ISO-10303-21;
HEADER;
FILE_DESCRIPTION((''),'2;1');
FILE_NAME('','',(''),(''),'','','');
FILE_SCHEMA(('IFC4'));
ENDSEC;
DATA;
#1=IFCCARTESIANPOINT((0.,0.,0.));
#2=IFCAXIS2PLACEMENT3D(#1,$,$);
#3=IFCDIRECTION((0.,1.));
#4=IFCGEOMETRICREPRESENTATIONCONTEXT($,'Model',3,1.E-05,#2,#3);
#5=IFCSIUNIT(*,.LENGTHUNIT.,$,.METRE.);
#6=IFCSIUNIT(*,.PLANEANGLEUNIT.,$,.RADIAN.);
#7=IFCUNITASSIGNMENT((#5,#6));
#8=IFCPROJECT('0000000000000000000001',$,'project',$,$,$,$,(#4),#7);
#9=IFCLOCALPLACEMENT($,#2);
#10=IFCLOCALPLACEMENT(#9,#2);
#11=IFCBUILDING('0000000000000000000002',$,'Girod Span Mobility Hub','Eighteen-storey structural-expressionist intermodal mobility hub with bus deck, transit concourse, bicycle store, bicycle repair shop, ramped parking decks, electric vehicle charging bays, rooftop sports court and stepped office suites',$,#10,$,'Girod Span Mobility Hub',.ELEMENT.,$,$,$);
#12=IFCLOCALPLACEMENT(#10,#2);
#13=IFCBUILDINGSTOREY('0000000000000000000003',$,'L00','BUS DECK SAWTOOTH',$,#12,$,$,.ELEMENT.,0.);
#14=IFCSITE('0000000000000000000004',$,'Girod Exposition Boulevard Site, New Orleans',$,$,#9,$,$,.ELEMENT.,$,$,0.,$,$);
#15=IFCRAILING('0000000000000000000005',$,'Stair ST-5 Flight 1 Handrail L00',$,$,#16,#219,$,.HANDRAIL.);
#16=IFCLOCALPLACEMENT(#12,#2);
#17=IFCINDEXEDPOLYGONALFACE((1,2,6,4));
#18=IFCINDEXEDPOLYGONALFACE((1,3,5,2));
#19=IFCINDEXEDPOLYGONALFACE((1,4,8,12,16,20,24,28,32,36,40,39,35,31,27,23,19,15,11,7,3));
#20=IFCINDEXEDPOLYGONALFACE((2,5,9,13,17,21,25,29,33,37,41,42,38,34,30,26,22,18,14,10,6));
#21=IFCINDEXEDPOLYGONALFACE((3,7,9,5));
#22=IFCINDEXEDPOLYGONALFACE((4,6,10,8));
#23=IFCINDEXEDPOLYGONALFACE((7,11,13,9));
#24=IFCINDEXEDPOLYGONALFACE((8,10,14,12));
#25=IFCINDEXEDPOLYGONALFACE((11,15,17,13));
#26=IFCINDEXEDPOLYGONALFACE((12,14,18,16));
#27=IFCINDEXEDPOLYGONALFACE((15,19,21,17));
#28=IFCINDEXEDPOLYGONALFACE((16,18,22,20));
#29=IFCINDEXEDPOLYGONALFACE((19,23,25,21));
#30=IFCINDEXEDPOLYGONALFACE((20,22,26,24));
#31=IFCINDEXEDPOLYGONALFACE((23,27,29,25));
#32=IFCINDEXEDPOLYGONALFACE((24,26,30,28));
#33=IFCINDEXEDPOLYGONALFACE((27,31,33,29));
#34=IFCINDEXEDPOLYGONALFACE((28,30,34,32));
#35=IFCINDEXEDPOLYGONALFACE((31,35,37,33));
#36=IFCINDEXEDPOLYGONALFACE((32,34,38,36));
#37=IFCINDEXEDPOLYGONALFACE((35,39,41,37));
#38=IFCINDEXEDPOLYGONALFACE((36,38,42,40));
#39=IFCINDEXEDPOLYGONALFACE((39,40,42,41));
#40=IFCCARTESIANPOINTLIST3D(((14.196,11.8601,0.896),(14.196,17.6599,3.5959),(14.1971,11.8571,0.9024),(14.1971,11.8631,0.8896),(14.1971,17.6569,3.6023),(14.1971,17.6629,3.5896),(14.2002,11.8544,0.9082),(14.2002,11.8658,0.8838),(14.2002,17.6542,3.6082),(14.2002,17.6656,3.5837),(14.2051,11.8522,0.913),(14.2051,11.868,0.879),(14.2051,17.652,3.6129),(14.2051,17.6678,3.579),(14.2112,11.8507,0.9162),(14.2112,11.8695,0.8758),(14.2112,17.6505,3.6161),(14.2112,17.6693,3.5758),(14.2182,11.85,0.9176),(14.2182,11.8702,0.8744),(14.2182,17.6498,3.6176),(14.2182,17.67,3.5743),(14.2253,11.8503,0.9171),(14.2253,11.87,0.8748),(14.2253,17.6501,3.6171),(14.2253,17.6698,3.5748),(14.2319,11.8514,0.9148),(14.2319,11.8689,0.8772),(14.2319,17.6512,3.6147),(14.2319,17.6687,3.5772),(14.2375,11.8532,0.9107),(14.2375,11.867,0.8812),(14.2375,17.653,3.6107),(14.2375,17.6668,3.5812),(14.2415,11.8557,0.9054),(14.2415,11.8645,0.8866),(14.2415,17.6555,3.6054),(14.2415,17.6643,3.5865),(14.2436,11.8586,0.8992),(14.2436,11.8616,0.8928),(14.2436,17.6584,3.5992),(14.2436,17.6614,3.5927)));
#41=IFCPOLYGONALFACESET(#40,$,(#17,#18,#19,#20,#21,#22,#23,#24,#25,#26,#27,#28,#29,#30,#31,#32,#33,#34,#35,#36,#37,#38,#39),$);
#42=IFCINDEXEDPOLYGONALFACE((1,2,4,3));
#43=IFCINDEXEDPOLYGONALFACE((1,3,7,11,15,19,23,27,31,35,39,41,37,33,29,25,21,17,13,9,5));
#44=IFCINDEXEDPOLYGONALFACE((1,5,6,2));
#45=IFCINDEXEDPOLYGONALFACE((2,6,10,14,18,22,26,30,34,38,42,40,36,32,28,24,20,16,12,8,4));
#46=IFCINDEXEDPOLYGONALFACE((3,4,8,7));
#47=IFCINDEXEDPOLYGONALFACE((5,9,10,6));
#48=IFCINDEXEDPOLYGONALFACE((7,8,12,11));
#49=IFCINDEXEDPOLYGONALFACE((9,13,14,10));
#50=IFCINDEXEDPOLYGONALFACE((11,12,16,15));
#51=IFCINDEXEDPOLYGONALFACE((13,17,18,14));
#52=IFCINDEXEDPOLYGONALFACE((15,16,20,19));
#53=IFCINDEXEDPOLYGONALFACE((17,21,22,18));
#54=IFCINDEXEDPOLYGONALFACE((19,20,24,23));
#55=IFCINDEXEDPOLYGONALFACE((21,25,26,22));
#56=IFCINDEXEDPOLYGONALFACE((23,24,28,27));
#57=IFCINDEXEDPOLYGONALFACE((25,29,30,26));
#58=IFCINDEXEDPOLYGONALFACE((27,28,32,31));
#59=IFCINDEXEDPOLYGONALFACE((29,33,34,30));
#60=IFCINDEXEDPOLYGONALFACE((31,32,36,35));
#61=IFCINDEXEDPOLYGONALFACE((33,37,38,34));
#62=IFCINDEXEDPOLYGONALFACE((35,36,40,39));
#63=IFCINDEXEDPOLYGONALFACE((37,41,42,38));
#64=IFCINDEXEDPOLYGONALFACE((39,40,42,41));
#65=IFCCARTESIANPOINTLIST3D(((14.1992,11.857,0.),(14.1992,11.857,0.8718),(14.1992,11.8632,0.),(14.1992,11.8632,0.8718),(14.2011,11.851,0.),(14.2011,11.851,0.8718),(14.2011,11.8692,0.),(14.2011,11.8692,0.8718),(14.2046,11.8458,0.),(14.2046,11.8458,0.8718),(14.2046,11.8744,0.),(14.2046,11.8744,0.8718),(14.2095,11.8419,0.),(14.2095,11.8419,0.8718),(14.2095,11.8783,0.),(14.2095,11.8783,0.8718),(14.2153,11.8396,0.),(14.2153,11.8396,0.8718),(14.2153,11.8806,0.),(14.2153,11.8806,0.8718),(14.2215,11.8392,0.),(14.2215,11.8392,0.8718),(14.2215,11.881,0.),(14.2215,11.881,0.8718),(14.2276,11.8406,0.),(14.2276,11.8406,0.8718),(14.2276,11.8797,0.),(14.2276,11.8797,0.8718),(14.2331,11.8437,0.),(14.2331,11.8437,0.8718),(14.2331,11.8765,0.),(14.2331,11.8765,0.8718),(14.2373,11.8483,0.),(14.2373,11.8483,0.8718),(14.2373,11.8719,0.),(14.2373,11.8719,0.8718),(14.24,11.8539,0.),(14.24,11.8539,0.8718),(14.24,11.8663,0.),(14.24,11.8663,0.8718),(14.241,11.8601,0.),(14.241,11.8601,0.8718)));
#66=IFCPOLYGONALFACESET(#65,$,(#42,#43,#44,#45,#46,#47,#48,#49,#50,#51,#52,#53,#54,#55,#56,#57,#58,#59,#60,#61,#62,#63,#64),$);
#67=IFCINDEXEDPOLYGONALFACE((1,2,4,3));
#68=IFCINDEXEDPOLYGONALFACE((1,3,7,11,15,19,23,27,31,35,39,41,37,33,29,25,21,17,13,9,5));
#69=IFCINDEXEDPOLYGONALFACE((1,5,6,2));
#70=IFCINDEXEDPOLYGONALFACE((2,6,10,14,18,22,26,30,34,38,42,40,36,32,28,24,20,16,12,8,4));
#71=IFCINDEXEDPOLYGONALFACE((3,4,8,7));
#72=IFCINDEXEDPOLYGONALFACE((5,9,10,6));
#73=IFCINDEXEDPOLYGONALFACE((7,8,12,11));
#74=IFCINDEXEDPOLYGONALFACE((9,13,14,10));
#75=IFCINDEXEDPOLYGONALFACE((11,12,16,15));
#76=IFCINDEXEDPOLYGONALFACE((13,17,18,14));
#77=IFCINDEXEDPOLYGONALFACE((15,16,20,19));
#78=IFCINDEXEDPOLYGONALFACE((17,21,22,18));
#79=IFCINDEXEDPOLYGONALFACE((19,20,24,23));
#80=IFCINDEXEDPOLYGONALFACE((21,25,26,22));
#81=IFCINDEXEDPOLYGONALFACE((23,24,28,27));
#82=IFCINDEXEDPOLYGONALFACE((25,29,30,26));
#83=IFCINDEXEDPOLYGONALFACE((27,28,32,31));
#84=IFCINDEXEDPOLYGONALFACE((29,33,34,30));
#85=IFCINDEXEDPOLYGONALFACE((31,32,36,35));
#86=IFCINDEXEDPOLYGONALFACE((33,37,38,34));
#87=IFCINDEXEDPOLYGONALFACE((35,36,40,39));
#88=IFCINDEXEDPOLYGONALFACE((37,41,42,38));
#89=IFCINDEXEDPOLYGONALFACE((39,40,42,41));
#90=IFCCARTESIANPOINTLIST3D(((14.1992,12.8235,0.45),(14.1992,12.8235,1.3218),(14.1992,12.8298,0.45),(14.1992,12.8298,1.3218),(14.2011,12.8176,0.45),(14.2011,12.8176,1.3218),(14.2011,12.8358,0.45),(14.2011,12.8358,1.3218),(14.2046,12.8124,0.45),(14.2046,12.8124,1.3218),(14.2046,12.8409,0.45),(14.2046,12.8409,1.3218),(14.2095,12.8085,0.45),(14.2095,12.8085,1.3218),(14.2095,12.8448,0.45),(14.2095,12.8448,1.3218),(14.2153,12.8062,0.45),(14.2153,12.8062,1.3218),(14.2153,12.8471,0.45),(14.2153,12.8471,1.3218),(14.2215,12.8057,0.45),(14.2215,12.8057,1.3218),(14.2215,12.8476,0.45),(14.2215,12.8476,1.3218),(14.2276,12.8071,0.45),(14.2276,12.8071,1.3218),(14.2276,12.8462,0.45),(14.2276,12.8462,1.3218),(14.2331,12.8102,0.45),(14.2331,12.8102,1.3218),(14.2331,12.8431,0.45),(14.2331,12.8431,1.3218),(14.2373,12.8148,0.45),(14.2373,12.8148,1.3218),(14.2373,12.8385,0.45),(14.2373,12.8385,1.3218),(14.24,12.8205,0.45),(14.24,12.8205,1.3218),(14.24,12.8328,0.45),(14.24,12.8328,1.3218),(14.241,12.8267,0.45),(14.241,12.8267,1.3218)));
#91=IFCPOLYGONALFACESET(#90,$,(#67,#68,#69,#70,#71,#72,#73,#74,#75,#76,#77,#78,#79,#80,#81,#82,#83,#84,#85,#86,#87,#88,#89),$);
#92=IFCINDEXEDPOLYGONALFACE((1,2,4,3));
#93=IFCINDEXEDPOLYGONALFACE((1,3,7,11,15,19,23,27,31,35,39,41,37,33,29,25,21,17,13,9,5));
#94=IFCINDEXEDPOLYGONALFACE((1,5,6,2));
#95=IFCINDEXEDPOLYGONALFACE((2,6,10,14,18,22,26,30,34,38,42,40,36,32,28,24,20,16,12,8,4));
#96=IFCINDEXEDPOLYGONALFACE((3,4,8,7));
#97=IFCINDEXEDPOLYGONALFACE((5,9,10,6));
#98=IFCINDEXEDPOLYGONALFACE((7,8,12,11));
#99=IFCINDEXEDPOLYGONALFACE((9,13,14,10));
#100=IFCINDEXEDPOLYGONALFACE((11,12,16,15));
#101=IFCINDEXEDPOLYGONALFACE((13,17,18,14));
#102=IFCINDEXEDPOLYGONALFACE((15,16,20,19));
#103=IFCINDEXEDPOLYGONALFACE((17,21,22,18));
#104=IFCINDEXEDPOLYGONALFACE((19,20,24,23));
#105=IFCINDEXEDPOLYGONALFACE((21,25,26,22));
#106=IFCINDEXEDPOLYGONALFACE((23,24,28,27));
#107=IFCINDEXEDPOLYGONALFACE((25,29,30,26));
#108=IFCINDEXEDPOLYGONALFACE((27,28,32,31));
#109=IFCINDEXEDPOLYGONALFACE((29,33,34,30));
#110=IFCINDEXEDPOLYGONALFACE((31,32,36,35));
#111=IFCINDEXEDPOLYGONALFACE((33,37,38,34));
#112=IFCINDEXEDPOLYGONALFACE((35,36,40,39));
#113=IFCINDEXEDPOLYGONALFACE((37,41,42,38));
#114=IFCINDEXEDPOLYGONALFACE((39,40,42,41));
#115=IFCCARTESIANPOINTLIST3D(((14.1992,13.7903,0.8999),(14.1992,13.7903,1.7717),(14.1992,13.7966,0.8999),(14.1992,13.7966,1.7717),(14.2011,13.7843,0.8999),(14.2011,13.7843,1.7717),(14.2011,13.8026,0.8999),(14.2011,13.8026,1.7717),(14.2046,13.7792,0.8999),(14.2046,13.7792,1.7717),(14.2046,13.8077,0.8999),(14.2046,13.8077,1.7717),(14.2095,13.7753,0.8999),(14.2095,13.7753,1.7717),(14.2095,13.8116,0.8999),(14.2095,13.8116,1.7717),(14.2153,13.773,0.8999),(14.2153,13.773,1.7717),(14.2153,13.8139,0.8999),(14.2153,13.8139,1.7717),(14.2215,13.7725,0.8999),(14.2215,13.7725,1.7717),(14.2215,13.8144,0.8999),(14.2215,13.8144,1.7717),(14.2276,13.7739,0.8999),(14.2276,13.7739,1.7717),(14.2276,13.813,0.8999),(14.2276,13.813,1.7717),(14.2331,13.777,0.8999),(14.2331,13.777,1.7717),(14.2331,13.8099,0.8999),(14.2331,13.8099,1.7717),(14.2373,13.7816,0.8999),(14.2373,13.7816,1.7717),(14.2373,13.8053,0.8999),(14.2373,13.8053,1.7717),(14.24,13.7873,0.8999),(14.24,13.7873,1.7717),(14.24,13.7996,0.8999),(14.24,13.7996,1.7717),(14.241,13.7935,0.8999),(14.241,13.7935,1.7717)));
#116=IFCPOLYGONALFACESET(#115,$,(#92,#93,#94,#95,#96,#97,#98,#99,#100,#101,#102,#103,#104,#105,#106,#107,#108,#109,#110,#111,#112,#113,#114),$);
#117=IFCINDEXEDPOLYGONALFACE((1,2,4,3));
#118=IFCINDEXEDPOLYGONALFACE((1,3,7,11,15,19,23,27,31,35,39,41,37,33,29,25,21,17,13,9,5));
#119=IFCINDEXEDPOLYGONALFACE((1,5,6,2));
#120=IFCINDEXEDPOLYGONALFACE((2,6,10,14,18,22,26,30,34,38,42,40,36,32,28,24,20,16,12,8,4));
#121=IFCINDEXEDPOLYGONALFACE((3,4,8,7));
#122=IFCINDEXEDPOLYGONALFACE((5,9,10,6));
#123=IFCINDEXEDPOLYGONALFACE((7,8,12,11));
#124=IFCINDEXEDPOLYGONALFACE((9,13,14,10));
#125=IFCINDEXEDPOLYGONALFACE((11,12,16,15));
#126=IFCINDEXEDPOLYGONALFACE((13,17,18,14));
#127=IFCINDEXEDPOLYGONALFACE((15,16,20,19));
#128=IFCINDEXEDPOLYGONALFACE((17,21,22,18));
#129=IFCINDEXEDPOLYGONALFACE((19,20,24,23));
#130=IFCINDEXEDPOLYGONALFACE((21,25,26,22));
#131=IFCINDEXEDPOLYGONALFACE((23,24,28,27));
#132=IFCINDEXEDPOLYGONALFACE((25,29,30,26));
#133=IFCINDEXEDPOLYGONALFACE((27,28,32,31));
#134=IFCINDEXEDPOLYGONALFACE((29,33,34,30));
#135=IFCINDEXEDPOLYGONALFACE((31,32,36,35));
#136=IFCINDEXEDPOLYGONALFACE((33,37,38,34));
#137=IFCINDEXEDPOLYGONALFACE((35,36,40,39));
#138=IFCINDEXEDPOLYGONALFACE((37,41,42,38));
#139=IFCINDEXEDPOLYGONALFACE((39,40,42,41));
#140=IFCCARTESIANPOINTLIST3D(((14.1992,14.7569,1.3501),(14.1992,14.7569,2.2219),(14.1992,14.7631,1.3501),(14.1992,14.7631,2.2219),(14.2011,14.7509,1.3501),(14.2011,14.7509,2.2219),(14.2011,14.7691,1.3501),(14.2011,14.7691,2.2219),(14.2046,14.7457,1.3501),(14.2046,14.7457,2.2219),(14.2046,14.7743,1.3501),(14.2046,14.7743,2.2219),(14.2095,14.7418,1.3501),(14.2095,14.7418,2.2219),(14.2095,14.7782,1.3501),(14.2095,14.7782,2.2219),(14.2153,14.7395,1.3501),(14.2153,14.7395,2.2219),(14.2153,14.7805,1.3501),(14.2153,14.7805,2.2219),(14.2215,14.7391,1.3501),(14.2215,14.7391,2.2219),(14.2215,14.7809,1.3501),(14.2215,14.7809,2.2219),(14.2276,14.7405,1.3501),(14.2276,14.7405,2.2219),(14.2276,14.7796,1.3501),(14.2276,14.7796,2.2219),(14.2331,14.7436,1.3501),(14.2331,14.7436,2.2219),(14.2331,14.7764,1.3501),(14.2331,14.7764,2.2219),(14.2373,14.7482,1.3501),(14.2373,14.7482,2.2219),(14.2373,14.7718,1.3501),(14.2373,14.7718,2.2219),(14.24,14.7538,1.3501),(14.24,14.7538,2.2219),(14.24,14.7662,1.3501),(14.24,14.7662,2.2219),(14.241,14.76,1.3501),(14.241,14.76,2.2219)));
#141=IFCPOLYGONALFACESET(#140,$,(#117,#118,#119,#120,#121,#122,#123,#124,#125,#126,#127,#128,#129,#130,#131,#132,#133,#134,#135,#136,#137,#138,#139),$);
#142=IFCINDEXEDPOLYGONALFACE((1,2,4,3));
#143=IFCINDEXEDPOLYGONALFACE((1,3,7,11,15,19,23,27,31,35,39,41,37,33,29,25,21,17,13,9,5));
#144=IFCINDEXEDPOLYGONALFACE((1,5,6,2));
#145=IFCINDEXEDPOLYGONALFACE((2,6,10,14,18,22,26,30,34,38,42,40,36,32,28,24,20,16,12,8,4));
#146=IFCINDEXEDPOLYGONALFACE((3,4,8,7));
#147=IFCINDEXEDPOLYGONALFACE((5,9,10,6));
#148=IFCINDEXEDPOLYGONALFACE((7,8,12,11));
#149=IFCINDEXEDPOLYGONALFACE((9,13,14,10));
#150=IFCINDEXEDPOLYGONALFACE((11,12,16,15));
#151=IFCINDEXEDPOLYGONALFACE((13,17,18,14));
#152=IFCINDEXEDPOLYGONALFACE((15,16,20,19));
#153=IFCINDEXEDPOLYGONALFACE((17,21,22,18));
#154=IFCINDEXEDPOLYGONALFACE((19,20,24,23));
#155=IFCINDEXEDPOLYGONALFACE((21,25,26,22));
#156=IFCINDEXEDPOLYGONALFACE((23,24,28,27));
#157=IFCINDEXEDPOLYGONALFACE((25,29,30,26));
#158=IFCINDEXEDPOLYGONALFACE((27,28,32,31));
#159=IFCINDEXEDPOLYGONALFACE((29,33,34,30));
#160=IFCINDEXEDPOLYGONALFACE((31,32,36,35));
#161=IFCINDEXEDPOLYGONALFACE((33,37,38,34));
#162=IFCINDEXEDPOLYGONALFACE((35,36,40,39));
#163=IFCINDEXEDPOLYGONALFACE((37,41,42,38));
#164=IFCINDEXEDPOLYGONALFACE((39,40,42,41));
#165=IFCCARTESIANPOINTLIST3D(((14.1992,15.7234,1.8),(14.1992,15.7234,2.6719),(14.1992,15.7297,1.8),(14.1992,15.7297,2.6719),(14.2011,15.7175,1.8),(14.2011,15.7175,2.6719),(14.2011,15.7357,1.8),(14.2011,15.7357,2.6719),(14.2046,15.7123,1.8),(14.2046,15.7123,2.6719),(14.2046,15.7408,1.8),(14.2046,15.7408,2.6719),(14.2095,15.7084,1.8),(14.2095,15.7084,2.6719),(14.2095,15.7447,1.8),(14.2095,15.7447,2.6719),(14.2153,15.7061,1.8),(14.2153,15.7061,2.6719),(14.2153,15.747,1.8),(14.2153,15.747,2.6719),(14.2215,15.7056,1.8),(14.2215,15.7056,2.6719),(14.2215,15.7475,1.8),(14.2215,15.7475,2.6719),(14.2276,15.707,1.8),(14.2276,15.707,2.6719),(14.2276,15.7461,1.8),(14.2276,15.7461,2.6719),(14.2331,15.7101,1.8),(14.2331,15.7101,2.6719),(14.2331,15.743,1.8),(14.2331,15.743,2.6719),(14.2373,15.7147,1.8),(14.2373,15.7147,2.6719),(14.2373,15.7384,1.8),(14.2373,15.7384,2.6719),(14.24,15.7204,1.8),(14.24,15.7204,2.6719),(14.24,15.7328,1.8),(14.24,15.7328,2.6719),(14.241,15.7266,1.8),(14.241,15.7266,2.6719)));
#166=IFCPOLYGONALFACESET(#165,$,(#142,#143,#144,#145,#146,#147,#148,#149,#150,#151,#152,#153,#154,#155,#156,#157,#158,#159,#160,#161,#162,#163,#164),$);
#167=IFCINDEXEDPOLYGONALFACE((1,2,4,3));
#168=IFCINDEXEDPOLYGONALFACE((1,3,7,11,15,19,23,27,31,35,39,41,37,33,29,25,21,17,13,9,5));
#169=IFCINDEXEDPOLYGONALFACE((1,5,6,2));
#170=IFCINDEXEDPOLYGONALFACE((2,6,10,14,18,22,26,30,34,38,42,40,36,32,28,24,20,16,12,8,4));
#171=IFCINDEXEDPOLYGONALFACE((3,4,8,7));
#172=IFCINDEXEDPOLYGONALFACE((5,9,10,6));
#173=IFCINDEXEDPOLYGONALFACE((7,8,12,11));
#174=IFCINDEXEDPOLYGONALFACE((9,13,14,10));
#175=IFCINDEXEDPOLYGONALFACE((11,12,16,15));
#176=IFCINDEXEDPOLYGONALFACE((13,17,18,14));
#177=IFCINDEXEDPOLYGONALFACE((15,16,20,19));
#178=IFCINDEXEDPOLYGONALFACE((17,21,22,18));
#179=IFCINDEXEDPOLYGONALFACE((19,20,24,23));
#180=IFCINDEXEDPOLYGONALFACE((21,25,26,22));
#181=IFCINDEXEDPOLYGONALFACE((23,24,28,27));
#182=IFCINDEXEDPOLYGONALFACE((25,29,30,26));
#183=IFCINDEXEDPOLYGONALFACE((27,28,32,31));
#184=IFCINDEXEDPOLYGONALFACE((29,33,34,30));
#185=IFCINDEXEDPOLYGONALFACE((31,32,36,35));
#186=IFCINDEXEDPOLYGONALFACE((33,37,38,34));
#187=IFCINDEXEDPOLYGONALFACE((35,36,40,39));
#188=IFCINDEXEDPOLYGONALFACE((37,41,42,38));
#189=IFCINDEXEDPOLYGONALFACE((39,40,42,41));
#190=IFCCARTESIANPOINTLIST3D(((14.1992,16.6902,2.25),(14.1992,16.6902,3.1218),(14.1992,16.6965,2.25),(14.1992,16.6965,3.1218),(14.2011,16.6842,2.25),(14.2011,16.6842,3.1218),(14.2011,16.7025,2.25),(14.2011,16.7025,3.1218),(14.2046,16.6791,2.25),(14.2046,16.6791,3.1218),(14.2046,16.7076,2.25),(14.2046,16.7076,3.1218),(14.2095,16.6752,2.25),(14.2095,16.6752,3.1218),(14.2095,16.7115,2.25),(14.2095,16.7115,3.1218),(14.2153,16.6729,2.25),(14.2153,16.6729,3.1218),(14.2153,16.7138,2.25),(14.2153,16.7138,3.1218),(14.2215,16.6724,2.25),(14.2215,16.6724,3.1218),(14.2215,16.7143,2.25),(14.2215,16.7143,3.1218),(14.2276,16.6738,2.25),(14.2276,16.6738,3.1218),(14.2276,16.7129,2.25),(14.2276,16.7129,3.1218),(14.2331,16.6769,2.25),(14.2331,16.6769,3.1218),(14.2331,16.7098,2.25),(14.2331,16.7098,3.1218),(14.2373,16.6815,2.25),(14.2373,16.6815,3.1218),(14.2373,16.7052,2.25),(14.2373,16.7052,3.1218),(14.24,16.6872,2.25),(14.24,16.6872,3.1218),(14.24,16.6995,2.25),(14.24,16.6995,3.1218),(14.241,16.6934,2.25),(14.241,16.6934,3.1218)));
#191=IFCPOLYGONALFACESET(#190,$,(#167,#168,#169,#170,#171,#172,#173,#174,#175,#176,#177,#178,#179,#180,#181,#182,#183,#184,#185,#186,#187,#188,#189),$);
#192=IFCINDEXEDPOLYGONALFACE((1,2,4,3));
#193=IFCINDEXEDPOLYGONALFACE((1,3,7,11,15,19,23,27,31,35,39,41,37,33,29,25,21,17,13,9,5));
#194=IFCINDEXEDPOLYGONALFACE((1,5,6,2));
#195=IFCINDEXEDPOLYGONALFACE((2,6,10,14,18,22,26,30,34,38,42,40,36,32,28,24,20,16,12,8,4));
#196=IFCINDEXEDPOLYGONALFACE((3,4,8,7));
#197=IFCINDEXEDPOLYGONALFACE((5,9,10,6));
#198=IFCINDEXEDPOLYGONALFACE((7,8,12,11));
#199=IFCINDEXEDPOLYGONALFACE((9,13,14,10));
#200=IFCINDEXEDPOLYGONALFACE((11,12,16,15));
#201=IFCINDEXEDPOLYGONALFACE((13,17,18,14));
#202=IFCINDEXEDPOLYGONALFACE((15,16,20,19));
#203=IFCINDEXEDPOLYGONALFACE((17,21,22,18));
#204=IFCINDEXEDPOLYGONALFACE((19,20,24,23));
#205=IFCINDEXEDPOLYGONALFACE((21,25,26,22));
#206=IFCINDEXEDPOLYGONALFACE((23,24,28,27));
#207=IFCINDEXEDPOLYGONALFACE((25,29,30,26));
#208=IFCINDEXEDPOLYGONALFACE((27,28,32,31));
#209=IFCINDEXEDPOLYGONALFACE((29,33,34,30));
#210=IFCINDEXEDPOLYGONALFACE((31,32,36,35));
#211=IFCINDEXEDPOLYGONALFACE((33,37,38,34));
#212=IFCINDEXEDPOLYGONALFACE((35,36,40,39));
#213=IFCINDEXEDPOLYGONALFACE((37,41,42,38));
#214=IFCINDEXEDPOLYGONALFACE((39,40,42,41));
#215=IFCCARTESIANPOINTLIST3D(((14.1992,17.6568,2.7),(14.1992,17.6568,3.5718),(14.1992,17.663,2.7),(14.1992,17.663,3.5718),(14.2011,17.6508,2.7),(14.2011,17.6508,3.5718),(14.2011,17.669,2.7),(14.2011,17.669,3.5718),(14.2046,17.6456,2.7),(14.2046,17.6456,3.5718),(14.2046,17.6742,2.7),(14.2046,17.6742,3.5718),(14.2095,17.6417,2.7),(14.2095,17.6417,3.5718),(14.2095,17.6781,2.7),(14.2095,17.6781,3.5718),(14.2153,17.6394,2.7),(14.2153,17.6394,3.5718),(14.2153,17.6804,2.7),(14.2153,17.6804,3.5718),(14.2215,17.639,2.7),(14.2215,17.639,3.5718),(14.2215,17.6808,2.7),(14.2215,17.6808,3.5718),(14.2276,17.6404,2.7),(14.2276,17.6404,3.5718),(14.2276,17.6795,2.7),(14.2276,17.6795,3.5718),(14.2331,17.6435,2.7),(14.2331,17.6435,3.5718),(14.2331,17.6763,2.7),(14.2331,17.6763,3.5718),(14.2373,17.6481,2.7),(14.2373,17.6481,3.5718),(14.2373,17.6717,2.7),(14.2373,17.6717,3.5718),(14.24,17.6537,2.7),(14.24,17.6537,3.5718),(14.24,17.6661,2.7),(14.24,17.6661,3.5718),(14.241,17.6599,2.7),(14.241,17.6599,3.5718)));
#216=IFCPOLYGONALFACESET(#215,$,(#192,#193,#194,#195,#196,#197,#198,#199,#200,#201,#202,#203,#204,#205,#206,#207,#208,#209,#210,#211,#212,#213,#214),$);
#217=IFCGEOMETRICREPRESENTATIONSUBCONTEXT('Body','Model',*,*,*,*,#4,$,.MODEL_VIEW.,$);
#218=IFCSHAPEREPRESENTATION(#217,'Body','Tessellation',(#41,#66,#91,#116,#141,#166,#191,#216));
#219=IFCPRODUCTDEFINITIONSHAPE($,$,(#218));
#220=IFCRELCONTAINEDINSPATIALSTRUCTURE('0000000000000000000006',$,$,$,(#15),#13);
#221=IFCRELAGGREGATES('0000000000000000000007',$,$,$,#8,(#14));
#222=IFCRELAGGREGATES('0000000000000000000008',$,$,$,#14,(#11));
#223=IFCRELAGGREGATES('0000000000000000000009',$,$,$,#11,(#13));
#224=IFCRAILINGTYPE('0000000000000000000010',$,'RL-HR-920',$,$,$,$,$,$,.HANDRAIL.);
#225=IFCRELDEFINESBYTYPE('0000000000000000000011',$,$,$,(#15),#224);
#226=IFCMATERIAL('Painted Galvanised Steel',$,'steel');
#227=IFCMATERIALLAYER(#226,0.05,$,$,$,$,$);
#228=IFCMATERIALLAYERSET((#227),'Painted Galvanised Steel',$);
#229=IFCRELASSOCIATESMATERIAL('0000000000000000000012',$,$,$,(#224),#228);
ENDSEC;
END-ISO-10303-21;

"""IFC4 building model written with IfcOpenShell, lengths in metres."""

from ifc_helpers import new_model, si_unit, direction, frame, origin, origin_2d, place, context, subcontext, project, spatial, circle, extrude, material, layer, layer_set, type_object, element, save


model = new_model("IFC4")

# Units and contexts
model_context = context("Model", 3, precision=1e-05, world=origin(), true_north=direction((0.0, 1.0)))
body_context = subcontext(model_context, "Body", "Model", "MODEL_VIEW")
ifc_project = project(units=[si_unit("LENGTHUNIT", "METRE"), si_unit("PLANEANGLEUNIT", "RADIAN")], contexts=[model_context])

# Site, building, storey
site_placement = place(None, origin())
site = spatial("IfcSite", under=ifc_project, at=site_placement, Name="Girod Exposition Boulevard Site, New Orleans", CompositionType="ELEMENT", RefElevation=0.0)
building_placement = place(site_placement, origin())
building = spatial("IfcBuilding", under=site, at=building_placement, Name="Girod Span Mobility Hub", Description="Eighteen-storey structural-expressionist intermodal mobility hub with bus deck, transit concourse, bicycle store, bicycle repair shop, ramped parking decks, electric vehicle charging bays, rooftop sports court and stepped office suites", LongName="Girod Span Mobility Hub", CompositionType="ELEMENT")
storey_placement = place(building_placement, origin())
storey = spatial("IfcBuildingStorey", under=building, at=storey_placement, Name="L00", Description="BUS DECK SAWTOOTH", CompositionType="ELEMENT", Elevation=0.0)

# Railing
ifc_material_1 = material(Name="Painted Galvanised Steel", Category="steel")
ifc_layer_1 = layer(ifc_material_1, 0.05)
ifc_layer_set_1 = layer_set([ifc_layer_1], Name="Painted Galvanised Steel")
railing_type_1 = type_object("IfcRailingType", Name="RL-HR-920", PredefinedType="HANDRAIL", material=ifc_layer_set_1)
railing_1_placement = place(storey_placement, frame((14.22, 11.8601, 0.0)))
element("IfcRailing", 1, at=railing_1_placement, inside=storey, type_object=railing_type_1, Name="Stair ST-5 Flight 1 Handrail L00", PredefinedType="HANDRAIL", context=body_context, shape_type="SweptSolid", body=[
    extrude(circle(Radius=0.0239, at=origin_2d()), frame((0.0, 0.0, 0.896), z_axis=(0.0, 0.90658, 0.422035), x_axis=(-1.0, 0.0, 0.0)), (0.0, 0.0, 1.0), 6.3975),
    extrude(circle(Radius=0.021, at=origin_2d()), origin(), (0.0, 0.0, 1.0), 0.8718),
    extrude(circle(Radius=0.021, at=origin_2d()), frame((0.0, 0.9666, 0.45)), (0.0, 0.0, 1.0), 0.8718),
    extrude(circle(Radius=0.021, at=origin_2d()), frame((0.0, 1.9333, 0.8999)), (0.0, 0.0, 1.0), 0.8718),
    extrude(circle(Radius=0.021, at=origin_2d()), frame((0.0, 2.8999, 1.3501)), (0.0, 0.0, 1.0), 0.8718),
    extrude(circle(Radius=0.021, at=origin_2d()), frame((0.0, 3.8665, 1.8)), (0.0, 0.0, 1.0), 0.8718),
    extrude(circle(Radius=0.021, at=origin_2d()), frame((0.0, 4.8333, 2.25)), (0.0, 0.0, 1.0), 0.8718),
    extrude(circle(Radius=0.021, at=origin_2d()), frame((0.0, 5.7998, 2.7)), (0.0, 0.0, 1.0), 0.8718),
])

save(model, "model.ifc")
